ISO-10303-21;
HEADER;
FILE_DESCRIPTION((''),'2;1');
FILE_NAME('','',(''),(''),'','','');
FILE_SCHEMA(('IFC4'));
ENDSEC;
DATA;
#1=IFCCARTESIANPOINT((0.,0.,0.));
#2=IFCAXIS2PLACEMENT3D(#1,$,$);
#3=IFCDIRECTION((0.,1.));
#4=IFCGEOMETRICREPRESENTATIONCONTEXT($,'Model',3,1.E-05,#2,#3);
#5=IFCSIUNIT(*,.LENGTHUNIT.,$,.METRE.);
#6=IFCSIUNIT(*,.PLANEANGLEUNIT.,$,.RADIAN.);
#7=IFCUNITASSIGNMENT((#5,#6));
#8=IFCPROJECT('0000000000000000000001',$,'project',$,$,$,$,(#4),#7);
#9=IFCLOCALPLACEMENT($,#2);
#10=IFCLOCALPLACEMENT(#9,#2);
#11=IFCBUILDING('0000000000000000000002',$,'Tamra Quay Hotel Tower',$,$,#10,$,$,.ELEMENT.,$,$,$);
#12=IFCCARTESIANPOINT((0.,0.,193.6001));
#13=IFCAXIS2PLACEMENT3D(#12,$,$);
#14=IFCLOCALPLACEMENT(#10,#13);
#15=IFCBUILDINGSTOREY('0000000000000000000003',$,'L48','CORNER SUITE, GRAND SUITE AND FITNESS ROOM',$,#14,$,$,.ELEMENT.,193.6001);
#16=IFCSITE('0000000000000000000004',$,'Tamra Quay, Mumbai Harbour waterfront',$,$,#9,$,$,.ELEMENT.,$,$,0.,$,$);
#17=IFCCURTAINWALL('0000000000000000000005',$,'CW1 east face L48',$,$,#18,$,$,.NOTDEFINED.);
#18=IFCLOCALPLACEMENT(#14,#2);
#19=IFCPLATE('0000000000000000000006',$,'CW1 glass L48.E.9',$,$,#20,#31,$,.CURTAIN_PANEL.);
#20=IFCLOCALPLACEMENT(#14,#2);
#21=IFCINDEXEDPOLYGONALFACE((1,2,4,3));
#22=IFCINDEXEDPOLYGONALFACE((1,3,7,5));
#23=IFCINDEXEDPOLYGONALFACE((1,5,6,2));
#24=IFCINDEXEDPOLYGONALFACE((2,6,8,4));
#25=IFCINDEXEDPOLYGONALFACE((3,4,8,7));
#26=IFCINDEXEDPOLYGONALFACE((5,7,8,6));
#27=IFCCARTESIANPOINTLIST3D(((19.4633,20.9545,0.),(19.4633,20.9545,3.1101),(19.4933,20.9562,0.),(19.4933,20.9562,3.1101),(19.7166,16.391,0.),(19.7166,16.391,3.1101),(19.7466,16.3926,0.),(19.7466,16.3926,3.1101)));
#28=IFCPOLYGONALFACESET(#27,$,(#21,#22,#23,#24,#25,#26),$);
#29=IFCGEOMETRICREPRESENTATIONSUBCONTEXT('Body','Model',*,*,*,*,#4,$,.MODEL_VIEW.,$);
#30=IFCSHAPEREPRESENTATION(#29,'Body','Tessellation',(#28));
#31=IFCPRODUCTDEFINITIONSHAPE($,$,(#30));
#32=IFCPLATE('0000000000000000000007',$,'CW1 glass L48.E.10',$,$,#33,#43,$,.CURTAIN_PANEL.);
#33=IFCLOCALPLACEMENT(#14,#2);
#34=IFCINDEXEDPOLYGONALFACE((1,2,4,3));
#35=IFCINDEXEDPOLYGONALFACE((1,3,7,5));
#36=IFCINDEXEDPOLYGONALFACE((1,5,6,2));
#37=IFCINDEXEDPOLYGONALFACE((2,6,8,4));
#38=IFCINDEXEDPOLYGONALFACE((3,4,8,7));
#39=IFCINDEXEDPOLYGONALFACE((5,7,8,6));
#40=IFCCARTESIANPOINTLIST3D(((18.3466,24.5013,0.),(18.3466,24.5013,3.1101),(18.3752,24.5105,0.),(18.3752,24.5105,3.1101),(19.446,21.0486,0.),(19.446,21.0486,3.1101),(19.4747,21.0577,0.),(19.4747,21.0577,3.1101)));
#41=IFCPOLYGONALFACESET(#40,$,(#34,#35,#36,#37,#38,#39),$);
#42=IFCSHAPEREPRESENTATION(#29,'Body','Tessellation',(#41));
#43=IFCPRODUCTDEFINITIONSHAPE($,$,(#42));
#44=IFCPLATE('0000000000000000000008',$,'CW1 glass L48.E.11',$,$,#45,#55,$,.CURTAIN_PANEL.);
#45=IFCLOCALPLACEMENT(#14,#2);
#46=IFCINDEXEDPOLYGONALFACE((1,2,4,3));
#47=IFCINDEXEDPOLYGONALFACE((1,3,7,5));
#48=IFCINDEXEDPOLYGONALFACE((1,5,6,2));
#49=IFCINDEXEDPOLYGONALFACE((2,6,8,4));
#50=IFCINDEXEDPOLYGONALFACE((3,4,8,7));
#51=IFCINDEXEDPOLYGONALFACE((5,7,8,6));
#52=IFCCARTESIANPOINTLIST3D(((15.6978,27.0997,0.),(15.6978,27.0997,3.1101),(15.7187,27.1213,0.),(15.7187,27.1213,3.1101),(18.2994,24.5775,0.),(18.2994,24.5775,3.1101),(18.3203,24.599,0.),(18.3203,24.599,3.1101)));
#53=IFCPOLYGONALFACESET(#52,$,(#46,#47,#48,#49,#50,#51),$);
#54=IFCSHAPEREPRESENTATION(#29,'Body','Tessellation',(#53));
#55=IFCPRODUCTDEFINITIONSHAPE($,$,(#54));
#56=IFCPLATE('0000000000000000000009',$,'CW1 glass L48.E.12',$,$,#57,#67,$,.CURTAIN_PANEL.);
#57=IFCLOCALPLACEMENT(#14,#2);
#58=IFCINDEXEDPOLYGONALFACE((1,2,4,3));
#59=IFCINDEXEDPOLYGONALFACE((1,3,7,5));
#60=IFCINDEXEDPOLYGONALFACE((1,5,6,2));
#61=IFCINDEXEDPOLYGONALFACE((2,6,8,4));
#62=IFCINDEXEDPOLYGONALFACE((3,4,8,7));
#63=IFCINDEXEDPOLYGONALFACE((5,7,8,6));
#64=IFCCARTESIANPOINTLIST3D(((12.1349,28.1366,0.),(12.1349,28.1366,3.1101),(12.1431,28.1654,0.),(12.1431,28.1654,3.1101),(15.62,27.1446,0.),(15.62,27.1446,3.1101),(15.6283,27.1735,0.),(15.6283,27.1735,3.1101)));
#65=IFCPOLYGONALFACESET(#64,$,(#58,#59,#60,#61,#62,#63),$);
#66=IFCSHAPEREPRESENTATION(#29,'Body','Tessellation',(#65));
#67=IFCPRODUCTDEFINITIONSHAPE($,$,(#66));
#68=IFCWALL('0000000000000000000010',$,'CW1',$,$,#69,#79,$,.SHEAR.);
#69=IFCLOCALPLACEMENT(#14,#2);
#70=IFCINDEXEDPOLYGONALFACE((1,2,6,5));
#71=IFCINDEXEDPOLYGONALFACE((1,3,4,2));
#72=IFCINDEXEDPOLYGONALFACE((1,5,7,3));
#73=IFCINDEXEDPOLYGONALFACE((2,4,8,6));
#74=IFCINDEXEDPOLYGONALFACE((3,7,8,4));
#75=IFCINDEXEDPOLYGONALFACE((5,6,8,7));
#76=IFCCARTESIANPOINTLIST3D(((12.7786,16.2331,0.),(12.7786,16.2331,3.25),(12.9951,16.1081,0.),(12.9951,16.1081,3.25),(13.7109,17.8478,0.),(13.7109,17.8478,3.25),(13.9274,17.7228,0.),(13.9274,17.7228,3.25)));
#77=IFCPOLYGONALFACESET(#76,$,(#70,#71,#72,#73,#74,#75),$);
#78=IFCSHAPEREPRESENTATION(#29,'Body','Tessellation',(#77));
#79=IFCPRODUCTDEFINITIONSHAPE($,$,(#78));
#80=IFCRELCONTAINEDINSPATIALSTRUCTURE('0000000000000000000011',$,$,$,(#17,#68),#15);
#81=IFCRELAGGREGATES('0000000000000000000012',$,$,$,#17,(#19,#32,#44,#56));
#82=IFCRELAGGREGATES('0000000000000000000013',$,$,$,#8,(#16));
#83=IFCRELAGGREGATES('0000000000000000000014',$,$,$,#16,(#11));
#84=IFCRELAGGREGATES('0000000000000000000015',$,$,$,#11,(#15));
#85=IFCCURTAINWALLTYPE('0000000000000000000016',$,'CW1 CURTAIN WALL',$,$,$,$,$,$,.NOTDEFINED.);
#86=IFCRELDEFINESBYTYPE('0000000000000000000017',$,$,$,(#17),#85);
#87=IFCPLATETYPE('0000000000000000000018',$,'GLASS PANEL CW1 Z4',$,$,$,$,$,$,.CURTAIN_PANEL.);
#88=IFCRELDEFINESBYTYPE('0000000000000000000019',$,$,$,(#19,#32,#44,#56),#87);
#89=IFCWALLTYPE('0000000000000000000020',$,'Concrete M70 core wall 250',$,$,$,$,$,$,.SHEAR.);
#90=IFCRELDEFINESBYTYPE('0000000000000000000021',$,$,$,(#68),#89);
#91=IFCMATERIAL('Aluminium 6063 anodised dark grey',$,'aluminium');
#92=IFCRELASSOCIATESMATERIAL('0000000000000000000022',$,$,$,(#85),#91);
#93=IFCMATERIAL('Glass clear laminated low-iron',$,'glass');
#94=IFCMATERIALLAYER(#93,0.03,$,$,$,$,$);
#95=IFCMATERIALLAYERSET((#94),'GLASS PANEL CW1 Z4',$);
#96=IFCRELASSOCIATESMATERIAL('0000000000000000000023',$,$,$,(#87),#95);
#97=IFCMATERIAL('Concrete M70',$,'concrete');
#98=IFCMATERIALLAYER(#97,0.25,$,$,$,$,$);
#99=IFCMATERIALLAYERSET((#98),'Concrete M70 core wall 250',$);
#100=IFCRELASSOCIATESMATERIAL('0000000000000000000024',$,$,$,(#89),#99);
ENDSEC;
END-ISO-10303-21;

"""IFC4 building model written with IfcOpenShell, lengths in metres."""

from ifc_helpers import new_model, si_unit, direction, frame, frame_2d, origin, origin_2d, place, context, subcontext, project, spatial, rectangle, extrude, material, layer, layer_set, type_object, element, aggregate, save


model = new_model("IFC4")

# Units and contexts
model_context = context("Model", 3, precision=1e-05, world=origin(), true_north=direction((0.0, 1.0)))
body_context = subcontext(model_context, "Body", "Model", "MODEL_VIEW")
ifc_project = project(units=[si_unit("LENGTHUNIT", "METRE"), si_unit("PLANEANGLEUNIT", "RADIAN")], contexts=[model_context])

# Site, building, storey
site_placement = place(None, origin())
site = spatial("IfcSite", under=ifc_project, at=site_placement, Name="Tamra Quay, Mumbai Harbour waterfront", CompositionType="ELEMENT", RefElevation=0.0)
building_placement = place(site_placement, origin())
building = spatial("IfcBuilding", under=site, at=building_placement, Name="Tamra Quay Hotel Tower", CompositionType="ELEMENT")
storey_placement = place(building_placement, frame((0.0, 0.0, 193.6001)))
storey = spatial("IfcBuildingStorey", under=building, at=storey_placement, Name="L48", Description="CORNER SUITE, GRAND SUITE AND FITNESS ROOM", CompositionType="ELEMENT", Elevation=193.6001)

# Shared definitions
ifc_material_1 = material(Name="Concrete M70", Category="concrete")

# Curtain wall
ifc_material_2 = material(Name="Aluminium 6063 anodised dark grey", Category="aluminium")
curtain_wall_type = type_object("IfcCurtainWallType", Name="CW1 CURTAIN WALL", PredefinedType="NOTDEFINED", material=ifc_material_2)
curtain_wall_placement = place(storey_placement, origin())
curtain_wall = element("IfcCurtainWall", 1, at=curtain_wall_placement, inside=storey, type_object=curtain_wall_type, Name="CW1 east face L48", PredefinedType="NOTDEFINED")

# Plates
ifc_material_3 = material(Name="Glass clear laminated low-iron", Category="glass")
ifc_layer_1 = layer(ifc_material_3, 0.03)
ifc_layer_set_1 = layer_set([ifc_layer_1], Name="GLASS PANEL CW1 Z4")
plate_type = type_object("IfcPlateType", Name="GLASS PANEL CW1 Z4", PredefinedType="CURTAIN_PANEL", material=ifc_layer_set_1)
plate_1_placement = place(storey_placement, frame((19.605, 18.6736, 0.0), z_axis=(0.0, 0.0, 1.0), x_axis=(-0.055416, 0.998463, 0.0)))
plate_1 = element("IfcPlate", 2, at=plate_1_placement, type_object=plate_type, Name="CW1 glass L48.E.9", PredefinedType="CURTAIN_PANEL", context=body_context, shape_type="SweptSolid", body=[
    extrude(rectangle(XDim=4.5706, YDim=0.03, at=origin_2d()), origin(), (0.0, 0.0, 1.0), 3.1101),
])
plate_2_placement = place(storey_placement, frame((18.9106, 22.7795, 0.0), z_axis=(0.0, 0.0, 1.0), x_axis=(-0.30341, 0.95286, 0.0)))
plate_2 = element("IfcPlate", 3, at=plate_2_placement, type_object=plate_type, Name="CW1 glass L48.E.10", PredefinedType="CURTAIN_PANEL", context=body_context, shape_type="SweptSolid", body=[
    extrude(rectangle(XDim=3.6235, YDim=0.03, at=origin_2d()), origin(), (0.0, 0.0, 1.0), 3.1101),
])
plate_3_placement = place(storey_placement, frame((17.009, 25.8494, 0.0), z_axis=(0.0, 0.0, 1.0), x_axis=(-0.717975, 0.696069, 0.0)))
plate_3 = element("IfcPlate", 4, at=plate_3_placement, type_object=plate_type, Name="CW1 glass L48.E.11", PredefinedType="CURTAIN_PANEL", context=body_context, shape_type="SweptSolid", body=[
    extrude(rectangle(XDim=3.6235, YDim=0.03, at=origin_2d()), origin(), (0.0, 0.0, 1.0), 3.1101),
])
plate_4_placement = place(storey_placement, frame((13.8816, 27.655, 0.0), z_axis=(0.0, 0.0, 1.0), x_axis=(-0.961801, 0.27375, 0.0)))
plate_4 = element("IfcPlate", 5, at=plate_4_placement, type_object=plate_type, Name="CW1 glass L48.E.12", PredefinedType="CURTAIN_PANEL", context=body_context, shape_type="SweptSolid", body=[
    extrude(rectangle(XDim=3.6235, YDim=0.03, at=origin_2d()), origin(), (0.0, 0.0, 1.0), 3.1101),
])
aggregate(curtain_wall, [plate_1, plate_2, plate_3, plate_4])

# Wall
ifc_layer_2 = layer(ifc_material_1, 0.25)
ifc_layer_set_2 = layer_set([ifc_layer_2], Name="Concrete M70 core wall 250")
wall_type = type_object("IfcWallType", Name="Concrete M70 core wall 250", PredefinedType="SHEAR", material=ifc_layer_set_2)
wall_placement = place(storey_placement, frame((13.8191, 17.7852, 0.0), z_axis=(0.0, 0.0, 1.0), x_axis=(-0.50004, -0.866002, 0.0)))
element("IfcWall", 6, at=wall_placement, inside=storey, type_object=wall_type, Name="CW1", PredefinedType="SHEAR", context=body_context, shape_type="SweptSolid", body=[
    extrude(rectangle(XDim=1.8645, YDim=0.25, at=frame_2d((0.9321, 0.0))), origin(), (0.0, 0.0, 1.0), 3.25),
])

save(model, "model.ifc")
